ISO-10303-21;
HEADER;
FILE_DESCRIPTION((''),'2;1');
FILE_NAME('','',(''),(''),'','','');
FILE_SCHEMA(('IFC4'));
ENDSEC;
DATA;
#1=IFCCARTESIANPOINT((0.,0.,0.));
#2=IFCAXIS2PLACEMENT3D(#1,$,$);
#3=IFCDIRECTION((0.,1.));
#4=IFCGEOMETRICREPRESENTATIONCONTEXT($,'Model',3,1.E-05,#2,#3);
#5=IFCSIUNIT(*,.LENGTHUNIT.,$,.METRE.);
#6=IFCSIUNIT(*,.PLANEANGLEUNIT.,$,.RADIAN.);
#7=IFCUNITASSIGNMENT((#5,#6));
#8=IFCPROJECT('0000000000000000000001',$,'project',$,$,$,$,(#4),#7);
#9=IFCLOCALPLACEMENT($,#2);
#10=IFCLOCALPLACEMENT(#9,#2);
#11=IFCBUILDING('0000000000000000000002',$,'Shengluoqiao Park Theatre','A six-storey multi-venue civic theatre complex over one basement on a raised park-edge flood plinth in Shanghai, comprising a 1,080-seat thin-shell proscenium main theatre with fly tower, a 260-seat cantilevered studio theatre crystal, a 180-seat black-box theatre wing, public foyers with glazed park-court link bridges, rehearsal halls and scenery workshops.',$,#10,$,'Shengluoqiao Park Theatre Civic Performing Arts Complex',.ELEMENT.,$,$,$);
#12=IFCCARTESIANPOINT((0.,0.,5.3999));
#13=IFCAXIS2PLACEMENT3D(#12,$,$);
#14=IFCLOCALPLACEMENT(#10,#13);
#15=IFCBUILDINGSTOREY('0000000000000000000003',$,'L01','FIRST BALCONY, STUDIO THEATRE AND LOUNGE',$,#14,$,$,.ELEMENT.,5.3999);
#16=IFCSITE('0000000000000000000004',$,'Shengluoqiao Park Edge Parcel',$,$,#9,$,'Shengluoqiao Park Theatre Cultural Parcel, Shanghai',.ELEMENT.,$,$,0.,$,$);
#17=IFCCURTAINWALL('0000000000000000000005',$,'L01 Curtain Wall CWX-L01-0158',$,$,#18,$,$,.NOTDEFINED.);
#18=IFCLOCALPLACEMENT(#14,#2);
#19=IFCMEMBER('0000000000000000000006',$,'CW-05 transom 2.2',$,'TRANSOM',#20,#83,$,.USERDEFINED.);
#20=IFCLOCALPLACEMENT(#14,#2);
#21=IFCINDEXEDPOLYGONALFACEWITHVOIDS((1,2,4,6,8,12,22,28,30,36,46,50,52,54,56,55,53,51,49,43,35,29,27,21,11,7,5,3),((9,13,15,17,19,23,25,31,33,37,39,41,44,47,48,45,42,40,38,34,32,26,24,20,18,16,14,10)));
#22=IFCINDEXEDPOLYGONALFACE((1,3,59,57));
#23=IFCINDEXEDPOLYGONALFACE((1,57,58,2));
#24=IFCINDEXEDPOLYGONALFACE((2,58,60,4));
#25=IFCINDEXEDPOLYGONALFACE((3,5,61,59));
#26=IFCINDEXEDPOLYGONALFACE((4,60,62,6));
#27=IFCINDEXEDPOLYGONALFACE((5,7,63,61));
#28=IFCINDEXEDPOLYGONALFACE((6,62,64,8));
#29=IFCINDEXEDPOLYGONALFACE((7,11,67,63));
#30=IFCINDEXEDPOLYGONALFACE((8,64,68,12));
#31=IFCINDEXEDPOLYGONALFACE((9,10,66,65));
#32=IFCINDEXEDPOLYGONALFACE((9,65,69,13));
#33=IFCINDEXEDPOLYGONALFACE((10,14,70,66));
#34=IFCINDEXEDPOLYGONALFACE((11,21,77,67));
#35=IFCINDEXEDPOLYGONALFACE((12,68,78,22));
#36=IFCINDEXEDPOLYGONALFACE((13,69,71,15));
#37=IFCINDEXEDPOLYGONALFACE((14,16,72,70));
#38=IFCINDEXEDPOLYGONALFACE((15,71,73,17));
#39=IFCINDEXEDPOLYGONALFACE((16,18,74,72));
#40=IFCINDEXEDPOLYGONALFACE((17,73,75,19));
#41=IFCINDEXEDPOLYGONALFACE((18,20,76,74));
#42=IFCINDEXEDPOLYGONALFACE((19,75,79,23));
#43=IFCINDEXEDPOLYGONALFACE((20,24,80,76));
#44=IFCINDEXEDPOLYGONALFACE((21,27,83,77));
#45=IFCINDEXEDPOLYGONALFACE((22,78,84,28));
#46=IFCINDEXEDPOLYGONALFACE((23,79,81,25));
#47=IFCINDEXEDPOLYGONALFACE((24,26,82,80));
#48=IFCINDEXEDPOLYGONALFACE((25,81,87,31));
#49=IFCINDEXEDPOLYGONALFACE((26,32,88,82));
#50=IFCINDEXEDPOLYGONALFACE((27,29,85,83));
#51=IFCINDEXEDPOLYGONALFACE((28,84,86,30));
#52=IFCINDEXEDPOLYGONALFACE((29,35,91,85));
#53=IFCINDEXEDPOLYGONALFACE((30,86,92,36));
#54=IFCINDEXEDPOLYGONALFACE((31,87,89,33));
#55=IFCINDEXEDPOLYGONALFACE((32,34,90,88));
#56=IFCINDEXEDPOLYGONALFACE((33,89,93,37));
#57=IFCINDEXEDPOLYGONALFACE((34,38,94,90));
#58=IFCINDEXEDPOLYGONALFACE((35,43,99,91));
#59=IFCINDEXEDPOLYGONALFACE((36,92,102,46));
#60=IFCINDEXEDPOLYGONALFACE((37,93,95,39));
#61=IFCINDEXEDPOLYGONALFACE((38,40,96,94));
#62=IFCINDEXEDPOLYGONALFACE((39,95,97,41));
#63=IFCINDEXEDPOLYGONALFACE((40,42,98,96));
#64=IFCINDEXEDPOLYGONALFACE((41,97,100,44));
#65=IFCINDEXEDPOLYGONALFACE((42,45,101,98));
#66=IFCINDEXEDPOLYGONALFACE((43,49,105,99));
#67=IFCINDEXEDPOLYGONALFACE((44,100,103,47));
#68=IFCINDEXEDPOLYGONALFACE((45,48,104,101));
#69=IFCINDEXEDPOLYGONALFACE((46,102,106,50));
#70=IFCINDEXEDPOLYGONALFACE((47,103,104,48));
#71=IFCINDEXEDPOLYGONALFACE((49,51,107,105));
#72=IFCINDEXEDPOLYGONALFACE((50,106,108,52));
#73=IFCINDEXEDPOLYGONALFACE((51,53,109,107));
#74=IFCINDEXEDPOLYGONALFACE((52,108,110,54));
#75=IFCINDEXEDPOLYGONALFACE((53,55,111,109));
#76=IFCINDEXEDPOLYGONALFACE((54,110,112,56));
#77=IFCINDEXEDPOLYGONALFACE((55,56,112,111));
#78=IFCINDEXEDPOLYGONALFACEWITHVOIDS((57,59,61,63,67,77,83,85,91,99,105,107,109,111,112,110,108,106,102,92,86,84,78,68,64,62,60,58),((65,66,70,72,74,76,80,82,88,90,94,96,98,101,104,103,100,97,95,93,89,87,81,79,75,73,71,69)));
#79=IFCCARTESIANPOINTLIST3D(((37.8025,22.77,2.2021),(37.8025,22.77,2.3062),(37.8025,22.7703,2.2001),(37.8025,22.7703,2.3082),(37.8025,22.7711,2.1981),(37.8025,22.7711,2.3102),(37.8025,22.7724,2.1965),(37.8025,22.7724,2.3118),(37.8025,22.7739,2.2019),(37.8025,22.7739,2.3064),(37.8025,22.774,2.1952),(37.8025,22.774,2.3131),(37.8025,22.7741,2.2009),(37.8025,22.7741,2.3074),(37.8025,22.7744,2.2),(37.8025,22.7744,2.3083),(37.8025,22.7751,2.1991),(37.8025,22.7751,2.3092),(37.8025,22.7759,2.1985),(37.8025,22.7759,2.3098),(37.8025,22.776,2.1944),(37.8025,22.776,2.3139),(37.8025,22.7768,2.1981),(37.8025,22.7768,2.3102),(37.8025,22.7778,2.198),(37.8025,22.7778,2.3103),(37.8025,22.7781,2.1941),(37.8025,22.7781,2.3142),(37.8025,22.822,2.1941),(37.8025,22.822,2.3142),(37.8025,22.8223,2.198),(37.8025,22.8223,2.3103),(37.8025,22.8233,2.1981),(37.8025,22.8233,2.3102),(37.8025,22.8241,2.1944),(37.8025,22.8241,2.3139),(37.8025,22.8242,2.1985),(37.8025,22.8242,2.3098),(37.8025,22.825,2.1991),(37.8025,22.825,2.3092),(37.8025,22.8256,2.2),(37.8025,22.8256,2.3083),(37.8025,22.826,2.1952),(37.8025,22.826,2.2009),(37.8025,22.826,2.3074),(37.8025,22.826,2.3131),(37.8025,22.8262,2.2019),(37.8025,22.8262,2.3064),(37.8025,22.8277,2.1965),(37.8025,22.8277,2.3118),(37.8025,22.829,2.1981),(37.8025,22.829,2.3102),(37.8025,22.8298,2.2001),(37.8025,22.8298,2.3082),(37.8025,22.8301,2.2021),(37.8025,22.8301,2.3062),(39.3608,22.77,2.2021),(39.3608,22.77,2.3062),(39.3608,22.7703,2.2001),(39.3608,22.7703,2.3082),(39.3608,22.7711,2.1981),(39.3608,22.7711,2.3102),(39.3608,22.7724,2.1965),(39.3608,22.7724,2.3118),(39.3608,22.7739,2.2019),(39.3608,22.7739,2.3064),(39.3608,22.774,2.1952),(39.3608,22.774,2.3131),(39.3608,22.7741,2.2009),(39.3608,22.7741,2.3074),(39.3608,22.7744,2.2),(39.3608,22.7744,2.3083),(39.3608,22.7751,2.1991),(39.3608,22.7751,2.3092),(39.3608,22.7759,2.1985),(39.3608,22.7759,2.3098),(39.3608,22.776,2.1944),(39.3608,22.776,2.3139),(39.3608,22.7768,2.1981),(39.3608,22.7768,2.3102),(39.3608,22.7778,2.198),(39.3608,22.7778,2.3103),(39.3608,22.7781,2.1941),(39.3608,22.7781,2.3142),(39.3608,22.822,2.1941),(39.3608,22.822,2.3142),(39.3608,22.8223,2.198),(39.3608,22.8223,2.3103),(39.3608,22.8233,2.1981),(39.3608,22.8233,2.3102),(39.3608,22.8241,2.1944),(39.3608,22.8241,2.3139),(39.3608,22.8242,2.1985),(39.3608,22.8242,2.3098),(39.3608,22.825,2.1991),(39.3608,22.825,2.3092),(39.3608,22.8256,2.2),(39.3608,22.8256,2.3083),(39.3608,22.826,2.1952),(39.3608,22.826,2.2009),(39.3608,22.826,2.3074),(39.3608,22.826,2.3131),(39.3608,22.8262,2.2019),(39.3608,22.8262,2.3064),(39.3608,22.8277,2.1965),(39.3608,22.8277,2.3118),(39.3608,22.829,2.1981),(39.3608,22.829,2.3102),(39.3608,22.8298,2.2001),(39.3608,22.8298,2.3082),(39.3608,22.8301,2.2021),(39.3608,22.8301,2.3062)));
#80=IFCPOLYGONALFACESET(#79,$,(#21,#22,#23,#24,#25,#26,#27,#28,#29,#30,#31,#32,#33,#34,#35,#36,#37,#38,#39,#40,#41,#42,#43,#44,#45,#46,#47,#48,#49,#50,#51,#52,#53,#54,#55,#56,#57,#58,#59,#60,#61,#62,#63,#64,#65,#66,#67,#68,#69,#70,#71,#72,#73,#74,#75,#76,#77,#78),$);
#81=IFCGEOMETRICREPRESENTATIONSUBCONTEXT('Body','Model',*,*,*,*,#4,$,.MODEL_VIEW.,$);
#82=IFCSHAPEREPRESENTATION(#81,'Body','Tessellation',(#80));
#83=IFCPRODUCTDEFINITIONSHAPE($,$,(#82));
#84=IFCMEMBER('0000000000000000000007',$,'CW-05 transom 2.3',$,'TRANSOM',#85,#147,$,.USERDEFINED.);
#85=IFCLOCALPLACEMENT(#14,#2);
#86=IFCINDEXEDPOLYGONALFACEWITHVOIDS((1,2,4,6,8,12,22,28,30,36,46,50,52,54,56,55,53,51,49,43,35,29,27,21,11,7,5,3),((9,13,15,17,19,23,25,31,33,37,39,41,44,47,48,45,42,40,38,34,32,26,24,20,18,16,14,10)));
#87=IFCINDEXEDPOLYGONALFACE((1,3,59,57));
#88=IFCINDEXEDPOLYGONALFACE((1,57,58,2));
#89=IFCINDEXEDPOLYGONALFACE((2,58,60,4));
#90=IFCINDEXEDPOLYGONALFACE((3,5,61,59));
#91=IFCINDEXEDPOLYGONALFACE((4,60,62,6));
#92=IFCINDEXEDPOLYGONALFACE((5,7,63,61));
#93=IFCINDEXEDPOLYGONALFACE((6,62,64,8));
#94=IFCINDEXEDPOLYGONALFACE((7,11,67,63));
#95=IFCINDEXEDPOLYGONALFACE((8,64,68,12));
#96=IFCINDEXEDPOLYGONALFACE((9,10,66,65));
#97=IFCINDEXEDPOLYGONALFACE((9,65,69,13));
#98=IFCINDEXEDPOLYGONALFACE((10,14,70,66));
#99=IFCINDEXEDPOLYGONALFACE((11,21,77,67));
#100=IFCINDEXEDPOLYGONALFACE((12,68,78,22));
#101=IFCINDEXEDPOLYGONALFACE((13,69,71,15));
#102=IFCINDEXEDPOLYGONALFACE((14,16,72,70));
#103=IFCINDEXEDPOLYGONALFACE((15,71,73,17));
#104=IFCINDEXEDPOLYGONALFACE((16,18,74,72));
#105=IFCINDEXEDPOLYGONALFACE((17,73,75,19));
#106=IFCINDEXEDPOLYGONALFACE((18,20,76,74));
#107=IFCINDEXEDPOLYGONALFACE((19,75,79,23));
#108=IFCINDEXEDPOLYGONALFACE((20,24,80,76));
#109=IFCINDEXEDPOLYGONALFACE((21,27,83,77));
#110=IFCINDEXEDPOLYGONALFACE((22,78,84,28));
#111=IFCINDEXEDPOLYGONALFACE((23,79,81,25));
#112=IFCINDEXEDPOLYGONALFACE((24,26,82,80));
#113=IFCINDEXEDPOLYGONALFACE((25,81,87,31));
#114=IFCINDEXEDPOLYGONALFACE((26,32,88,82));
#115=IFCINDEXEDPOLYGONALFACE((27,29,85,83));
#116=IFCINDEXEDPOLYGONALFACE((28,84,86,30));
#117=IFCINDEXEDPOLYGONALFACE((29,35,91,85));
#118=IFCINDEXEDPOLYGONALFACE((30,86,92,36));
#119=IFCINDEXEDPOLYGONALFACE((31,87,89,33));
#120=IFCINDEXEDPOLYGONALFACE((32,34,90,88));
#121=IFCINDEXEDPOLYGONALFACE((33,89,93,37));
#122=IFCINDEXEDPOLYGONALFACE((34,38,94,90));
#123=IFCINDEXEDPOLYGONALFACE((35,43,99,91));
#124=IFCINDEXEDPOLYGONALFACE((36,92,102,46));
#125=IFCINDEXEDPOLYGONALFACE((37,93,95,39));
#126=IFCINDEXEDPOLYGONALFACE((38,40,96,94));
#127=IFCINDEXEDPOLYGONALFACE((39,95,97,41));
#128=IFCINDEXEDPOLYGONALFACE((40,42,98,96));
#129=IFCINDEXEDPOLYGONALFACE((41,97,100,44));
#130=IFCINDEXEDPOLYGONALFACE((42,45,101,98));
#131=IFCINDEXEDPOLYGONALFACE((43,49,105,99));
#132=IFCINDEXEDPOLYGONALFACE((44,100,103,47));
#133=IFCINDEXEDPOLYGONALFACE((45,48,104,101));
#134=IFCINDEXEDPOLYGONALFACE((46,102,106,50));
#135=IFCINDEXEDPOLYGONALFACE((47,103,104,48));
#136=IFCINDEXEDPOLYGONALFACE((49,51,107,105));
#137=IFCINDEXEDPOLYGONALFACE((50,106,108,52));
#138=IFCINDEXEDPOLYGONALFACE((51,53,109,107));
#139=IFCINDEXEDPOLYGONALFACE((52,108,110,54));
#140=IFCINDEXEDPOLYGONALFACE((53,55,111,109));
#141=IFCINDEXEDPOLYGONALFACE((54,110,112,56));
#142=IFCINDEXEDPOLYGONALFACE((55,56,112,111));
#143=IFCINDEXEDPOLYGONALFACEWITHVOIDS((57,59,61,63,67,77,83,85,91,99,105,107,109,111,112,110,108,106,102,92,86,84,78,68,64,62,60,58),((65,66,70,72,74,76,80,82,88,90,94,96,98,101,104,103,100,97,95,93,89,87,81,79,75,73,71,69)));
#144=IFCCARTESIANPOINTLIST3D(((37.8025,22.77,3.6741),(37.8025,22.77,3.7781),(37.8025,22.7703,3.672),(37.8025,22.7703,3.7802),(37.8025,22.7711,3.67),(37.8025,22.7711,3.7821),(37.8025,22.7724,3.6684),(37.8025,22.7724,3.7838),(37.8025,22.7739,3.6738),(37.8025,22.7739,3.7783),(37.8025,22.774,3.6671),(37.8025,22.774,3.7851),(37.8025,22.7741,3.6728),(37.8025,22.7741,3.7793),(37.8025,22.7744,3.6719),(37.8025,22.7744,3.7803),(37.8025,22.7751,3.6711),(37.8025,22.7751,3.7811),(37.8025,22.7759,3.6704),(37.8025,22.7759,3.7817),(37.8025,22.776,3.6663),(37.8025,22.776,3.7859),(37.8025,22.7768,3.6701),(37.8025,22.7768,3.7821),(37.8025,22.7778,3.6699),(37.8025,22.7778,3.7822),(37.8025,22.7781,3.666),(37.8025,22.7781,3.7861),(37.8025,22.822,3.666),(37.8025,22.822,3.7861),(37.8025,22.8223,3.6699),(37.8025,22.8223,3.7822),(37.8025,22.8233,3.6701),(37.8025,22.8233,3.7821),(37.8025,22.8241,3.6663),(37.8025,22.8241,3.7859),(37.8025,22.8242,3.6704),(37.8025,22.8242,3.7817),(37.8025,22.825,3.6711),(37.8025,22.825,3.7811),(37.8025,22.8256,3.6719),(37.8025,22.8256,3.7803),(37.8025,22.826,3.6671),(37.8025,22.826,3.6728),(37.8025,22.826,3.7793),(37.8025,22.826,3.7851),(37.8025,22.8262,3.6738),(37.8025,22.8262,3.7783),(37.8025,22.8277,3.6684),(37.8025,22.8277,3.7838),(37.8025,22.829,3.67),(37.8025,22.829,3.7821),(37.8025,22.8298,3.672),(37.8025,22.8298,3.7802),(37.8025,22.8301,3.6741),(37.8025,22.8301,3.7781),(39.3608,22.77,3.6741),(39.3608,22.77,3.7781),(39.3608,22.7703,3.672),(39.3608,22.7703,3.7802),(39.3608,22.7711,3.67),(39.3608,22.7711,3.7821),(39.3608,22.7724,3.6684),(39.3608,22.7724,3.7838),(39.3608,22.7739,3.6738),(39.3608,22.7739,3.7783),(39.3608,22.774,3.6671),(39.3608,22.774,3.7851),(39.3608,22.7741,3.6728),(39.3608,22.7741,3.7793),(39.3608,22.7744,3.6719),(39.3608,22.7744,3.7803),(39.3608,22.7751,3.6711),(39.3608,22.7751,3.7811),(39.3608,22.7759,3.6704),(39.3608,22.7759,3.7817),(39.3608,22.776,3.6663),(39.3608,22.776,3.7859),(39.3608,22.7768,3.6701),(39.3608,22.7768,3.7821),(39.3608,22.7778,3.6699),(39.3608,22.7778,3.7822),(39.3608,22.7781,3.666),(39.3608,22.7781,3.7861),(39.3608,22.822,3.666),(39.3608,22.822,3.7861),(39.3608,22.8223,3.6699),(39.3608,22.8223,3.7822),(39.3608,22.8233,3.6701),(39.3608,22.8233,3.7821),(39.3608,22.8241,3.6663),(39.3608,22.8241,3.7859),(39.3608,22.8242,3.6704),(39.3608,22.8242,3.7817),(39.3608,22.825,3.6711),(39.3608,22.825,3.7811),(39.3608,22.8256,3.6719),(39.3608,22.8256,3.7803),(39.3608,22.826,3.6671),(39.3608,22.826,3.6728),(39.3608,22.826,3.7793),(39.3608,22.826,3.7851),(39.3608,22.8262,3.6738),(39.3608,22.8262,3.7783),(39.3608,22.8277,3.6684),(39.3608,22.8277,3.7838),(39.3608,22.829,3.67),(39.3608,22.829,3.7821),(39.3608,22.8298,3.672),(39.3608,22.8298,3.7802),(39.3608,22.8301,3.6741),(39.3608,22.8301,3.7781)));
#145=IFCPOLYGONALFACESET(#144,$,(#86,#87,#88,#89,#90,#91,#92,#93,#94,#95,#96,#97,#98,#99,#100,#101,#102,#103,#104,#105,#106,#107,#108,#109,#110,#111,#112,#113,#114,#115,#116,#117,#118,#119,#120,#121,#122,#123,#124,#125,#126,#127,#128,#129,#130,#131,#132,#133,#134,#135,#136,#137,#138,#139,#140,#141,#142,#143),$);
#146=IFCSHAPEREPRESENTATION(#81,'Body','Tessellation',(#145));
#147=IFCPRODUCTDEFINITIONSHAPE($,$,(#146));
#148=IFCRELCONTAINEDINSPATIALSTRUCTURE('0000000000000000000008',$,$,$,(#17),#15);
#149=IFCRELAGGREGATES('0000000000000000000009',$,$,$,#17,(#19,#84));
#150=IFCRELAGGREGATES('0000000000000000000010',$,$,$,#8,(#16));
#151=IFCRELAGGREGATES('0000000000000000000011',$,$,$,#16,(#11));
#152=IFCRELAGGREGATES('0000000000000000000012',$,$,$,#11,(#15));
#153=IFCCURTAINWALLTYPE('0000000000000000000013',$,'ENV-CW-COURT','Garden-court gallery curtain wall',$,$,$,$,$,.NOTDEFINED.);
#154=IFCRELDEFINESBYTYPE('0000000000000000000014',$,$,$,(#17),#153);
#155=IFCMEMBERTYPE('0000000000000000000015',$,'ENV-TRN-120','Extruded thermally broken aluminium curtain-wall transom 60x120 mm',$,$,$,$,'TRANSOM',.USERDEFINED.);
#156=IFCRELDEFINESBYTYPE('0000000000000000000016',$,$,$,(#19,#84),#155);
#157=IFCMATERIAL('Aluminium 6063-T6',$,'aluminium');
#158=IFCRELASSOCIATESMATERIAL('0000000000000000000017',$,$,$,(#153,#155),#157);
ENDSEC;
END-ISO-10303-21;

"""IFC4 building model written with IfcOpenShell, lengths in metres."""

from ifc_helpers import new_model, si_unit, direction, frame, origin, origin_2d, place, context, subcontext, project, spatial, hollow_rectangle, extrude, material, material_profile, profile_set, type_object, element, aggregate, save


model = new_model("IFC4")

# Units and contexts
model_context = context("Model", 3, precision=1e-05, world=origin(), true_north=direction((0.0, 1.0)))
body_context = subcontext(model_context, "Body", "Model", "MODEL_VIEW")
ifc_project = project(units=[si_unit("LENGTHUNIT", "METRE"), si_unit("PLANEANGLEUNIT", "RADIAN")], contexts=[model_context])

# Site, building, storey
site_placement = place(None, origin())
site = spatial("IfcSite", under=ifc_project, at=site_placement, Name="Shengluoqiao Park Edge Parcel", LongName="Shengluoqiao Park Theatre Cultural Parcel, Shanghai", CompositionType="ELEMENT", RefElevation=0.0)
building_placement = place(site_placement, origin())
building = spatial("IfcBuilding", under=site, at=building_placement, Name="Shengluoqiao Park Theatre", Description="A six-storey multi-venue civic theatre complex over one basement on a raised park-edge flood plinth in Shanghai, comprising a 1,080-seat thin-shell proscenium main theatre with fly tower, a 260-seat cantilevered studio theatre crystal, a 180-seat black-box theatre wing, public foyers with glazed park-court link bridges, rehearsal halls and scenery workshops.", LongName="Shengluoqiao Park Theatre Civic Performing Arts Complex", CompositionType="ELEMENT")
storey_placement = place(building_placement, frame((0.0, 0.0, 5.3999)))
storey = spatial("IfcBuildingStorey", under=building, at=storey_placement, Name="L01", Description="FIRST BALCONY, STUDIO THEATRE AND LOUNGE", CompositionType="ELEMENT", Elevation=5.3999)

# Shared definitions
ifc_material_1 = material(Name="Aluminium 6063-T6", Category="aluminium")
curtain_wall_type = type_object("IfcCurtainWallType", Name="ENV-CW-COURT", Description="Garden-court gallery curtain wall", PredefinedType="NOTDEFINED", material=ifc_material_1)

# Curtain wall
curtain_wall_1_placement = place(storey_placement, origin())
curtain_wall_1 = element("IfcCurtainWall", 1, at=curtain_wall_1_placement, inside=storey, type_object=curtain_wall_type, Name="L01 Curtain Wall CWX-L01-0158", PredefinedType="NOTDEFINED")

# Members
ifc_material_profile_1 = material_profile(ifc_material_1, hollow_rectangle(XDim=0.0601, YDim=0.1201, WallThickness=0.0039, InnerFilletRadius=0.0039, OuterFilletRadius=0.0081, at=origin_2d()), Name="ALU TRANSOM 120x60x4")
ifc_profile_set_1 = profile_set([ifc_material_profile_1], Name="Aluminium 6063-T6")
member_type_1 = type_object("IfcMemberType", Name="ENV-TRN-120", Description="Extruded thermally broken aluminium curtain-wall transom 60x120 mm", ElementType="TRANSOM", PredefinedType="USERDEFINED", material=ifc_profile_set_1)
member_1_placement = place(storey_placement, frame((37.8025, 22.8, 2.2542), z_axis=(1.0, 0.0, 0.0), x_axis=(0.0, 1.0, 0.0)))
member_1 = element("IfcMember", 2, at=member_1_placement, type_object=member_type_1, Name="CW-05 transom 2.2", ObjectType="TRANSOM", PredefinedType="USERDEFINED", context=body_context, shape_type="SweptSolid", body=[
    extrude(hollow_rectangle(XDim=0.0601, YDim=0.1201, WallThickness=0.0039, InnerFilletRadius=0.0039, OuterFilletRadius=0.0081, at=origin_2d()), origin(), (0.0, 0.0, 1.0), 1.5583),
])
member_2_placement = place(storey_placement, frame((37.8025, 22.8, 3.7261), z_axis=(1.0, 0.0, 0.0), x_axis=(0.0, 1.0, 0.0)))
member_2 = element("IfcMember", 3, at=member_2_placement, type_object=member_type_1, Name="CW-05 transom 2.3", ObjectType="TRANSOM", PredefinedType="USERDEFINED", context=body_context, shape_type="SweptSolid", body=[
    extrude(hollow_rectangle(XDim=0.0601, YDim=0.1201, WallThickness=0.0039, InnerFilletRadius=0.0039, OuterFilletRadius=0.0081, at=origin_2d()), origin(), (0.0, 0.0, 1.0), 1.5583),
])

aggregate(curtain_wall_1, [member_1, member_2])

save(model, "model.ifc")
